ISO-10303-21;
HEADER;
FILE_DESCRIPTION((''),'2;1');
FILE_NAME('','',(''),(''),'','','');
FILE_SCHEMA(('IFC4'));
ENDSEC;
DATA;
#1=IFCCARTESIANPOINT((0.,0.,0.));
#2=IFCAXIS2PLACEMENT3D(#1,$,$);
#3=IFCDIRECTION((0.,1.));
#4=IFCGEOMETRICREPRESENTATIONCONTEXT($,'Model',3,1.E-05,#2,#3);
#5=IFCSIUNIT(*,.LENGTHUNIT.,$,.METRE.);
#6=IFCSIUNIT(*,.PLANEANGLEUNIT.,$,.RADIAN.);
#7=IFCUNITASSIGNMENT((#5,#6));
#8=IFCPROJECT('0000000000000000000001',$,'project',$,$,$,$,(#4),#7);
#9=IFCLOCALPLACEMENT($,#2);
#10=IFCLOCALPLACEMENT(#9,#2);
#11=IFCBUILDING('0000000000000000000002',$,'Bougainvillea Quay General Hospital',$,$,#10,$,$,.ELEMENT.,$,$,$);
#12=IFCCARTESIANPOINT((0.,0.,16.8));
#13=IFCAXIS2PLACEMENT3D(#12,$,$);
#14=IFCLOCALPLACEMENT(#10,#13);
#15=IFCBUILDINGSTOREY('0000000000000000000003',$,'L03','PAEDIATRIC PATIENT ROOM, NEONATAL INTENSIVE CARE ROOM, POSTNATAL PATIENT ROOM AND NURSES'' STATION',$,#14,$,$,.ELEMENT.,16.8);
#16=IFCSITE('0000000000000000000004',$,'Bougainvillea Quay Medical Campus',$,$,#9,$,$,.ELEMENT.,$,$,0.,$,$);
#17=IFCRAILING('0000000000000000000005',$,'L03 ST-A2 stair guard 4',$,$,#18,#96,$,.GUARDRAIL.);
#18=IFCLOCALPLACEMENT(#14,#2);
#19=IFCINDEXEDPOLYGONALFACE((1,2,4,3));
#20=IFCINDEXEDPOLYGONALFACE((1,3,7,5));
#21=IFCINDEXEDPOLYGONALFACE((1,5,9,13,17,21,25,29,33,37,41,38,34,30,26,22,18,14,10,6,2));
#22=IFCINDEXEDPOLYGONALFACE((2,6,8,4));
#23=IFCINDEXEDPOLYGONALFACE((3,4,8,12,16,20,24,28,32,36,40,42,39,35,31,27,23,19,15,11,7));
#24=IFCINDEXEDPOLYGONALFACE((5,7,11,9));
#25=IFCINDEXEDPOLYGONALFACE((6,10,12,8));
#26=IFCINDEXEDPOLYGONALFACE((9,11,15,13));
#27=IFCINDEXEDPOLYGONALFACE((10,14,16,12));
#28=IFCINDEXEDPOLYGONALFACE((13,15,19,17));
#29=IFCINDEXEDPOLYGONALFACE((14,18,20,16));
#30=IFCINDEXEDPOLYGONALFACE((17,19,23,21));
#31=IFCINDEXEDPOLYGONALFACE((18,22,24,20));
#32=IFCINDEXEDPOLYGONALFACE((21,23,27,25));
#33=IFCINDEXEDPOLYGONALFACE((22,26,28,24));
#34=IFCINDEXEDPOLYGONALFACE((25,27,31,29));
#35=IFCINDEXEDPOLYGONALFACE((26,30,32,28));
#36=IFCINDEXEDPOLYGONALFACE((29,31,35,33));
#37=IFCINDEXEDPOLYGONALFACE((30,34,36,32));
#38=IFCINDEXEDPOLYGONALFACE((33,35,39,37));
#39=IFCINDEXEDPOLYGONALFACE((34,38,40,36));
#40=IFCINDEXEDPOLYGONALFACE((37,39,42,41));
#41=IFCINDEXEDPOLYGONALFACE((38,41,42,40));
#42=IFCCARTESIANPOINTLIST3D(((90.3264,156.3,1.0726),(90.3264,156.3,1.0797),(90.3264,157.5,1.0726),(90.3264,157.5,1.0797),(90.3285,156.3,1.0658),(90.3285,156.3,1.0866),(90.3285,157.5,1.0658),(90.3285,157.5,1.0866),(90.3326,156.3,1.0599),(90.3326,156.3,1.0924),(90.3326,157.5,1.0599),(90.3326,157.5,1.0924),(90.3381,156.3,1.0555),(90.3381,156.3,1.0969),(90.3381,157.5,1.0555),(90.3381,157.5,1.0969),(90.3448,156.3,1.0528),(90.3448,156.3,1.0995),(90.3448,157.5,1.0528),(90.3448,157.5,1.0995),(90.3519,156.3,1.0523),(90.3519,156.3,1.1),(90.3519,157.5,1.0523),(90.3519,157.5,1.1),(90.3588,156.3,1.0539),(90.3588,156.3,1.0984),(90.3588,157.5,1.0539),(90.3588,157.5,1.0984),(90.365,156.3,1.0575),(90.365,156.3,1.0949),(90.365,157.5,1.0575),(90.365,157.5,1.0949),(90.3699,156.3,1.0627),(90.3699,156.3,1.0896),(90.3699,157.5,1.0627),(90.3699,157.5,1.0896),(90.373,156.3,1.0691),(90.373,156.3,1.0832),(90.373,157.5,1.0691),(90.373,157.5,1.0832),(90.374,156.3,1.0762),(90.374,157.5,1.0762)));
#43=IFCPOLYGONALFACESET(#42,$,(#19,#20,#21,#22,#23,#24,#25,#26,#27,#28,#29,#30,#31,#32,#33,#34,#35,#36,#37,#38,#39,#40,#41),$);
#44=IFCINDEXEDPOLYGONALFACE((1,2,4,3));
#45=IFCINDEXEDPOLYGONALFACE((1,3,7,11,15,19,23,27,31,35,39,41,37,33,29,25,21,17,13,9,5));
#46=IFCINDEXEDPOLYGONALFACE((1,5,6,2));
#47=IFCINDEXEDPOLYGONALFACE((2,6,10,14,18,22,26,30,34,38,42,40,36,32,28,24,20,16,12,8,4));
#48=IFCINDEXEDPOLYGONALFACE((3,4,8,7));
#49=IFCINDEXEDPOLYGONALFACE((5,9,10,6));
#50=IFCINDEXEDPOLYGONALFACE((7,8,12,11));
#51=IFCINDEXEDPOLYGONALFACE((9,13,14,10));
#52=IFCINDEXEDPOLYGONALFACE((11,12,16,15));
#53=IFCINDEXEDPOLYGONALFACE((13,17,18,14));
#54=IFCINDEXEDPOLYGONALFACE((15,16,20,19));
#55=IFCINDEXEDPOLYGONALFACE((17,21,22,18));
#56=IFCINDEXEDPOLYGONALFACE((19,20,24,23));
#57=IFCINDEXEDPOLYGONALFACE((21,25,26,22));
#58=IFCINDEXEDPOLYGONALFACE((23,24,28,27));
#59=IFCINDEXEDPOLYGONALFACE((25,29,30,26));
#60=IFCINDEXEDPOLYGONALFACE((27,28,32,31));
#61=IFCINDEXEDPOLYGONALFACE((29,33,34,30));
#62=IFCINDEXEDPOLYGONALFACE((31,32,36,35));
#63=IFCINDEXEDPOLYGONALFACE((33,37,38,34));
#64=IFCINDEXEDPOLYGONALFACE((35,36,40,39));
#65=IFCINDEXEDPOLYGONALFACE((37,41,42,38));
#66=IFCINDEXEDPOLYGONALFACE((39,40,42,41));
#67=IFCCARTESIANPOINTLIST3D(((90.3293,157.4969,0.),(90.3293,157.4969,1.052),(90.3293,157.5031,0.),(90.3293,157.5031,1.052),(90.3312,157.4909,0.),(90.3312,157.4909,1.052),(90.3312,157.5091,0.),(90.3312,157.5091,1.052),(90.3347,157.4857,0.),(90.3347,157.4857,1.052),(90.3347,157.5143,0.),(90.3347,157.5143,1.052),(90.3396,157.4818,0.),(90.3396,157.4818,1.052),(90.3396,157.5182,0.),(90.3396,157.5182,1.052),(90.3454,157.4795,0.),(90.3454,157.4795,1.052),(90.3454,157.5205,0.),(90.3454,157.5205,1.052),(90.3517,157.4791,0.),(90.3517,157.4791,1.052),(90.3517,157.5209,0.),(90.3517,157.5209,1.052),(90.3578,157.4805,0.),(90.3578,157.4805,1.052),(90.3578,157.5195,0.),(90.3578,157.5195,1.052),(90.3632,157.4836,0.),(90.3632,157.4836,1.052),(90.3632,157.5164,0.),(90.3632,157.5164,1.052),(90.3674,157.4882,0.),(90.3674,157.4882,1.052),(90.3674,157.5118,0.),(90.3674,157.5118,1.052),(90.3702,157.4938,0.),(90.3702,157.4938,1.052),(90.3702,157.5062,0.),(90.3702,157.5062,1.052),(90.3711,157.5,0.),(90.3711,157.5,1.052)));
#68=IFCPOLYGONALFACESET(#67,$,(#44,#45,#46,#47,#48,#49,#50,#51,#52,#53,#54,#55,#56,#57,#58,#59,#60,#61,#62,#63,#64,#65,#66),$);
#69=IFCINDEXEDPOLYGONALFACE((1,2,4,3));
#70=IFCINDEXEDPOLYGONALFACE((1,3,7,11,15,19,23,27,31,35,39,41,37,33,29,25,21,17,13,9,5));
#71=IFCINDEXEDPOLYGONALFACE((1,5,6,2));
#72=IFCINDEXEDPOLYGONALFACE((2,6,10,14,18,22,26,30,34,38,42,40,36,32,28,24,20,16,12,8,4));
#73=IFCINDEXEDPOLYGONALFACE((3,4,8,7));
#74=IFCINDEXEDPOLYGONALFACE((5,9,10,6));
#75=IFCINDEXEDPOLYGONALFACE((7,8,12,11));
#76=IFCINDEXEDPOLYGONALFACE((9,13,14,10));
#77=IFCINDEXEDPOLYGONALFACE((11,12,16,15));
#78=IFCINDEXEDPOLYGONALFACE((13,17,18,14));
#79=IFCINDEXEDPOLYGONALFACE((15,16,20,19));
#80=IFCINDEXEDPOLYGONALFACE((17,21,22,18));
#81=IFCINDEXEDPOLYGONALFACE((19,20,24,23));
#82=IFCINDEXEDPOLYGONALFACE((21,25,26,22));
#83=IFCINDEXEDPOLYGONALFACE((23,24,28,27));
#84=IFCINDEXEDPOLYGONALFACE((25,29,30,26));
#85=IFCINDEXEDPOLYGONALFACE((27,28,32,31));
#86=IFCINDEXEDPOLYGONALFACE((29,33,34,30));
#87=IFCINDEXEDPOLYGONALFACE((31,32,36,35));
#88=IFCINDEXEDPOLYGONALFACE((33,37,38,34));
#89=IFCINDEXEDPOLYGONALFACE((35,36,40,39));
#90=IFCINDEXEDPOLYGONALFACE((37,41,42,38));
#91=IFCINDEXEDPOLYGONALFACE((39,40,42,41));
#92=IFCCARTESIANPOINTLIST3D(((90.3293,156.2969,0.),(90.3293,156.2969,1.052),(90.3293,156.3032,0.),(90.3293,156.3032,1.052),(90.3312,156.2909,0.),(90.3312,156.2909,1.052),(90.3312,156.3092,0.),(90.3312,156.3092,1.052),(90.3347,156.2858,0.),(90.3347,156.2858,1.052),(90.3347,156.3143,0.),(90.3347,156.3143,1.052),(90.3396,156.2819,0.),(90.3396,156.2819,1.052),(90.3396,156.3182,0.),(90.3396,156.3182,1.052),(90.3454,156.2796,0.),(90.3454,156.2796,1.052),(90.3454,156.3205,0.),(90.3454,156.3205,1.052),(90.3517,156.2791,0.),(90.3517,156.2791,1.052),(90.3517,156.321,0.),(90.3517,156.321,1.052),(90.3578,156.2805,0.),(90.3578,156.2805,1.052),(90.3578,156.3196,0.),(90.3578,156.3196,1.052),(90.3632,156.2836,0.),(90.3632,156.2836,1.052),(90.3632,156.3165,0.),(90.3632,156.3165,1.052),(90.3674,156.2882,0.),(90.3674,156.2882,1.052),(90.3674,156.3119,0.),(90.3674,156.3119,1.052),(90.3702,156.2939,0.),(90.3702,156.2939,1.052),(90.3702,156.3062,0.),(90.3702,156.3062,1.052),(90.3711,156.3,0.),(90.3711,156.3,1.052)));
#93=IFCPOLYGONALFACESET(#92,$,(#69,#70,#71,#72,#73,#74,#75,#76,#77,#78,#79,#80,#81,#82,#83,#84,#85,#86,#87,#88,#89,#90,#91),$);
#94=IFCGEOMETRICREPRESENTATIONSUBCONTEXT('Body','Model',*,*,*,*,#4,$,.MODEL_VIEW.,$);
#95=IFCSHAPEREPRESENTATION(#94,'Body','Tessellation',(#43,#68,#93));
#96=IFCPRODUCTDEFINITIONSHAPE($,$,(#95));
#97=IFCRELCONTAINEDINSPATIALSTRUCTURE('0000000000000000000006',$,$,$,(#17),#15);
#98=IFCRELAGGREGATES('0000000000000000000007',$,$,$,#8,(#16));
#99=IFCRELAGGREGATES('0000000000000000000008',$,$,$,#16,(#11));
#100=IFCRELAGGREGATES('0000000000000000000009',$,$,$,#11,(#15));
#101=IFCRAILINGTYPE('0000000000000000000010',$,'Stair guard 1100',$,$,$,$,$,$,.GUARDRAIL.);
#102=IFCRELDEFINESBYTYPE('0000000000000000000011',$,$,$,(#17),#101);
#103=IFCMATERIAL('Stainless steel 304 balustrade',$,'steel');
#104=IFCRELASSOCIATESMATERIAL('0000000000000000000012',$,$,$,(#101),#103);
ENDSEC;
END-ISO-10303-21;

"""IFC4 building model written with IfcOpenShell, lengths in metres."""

from ifc_helpers import new_model, si_unit, direction, frame, origin, origin_2d, place, context, subcontext, project, spatial, circle, extrude, material, type_object, element, save


model = new_model("IFC4")

# Units and contexts
model_context = context("Model", 3, precision=1e-05, world=origin(), true_north=direction((0.0, 1.0)))
body_context = subcontext(model_context, "Body", "Model", "MODEL_VIEW")
ifc_project = project(units=[si_unit("LENGTHUNIT", "METRE"), si_unit("PLANEANGLEUNIT", "RADIAN")], contexts=[model_context])

# Site, building, storey
site_placement = place(None, origin())
site = spatial("IfcSite", under=ifc_project, at=site_placement, Name="Bougainvillea Quay Medical Campus", CompositionType="ELEMENT", RefElevation=0.0)
building_placement = place(site_placement, origin())
building = spatial("IfcBuilding", under=site, at=building_placement, Name="Bougainvillea Quay General Hospital", CompositionType="ELEMENT")
storey_placement = place(building_placement, frame((0.0, 0.0, 16.8)))
storey = spatial("IfcBuildingStorey", under=building, at=storey_placement, Name="L03", Description="PAEDIATRIC PATIENT ROOM, NEONATAL INTENSIVE CARE ROOM, POSTNATAL PATIENT ROOM AND NURSES' STATION", CompositionType="ELEMENT", Elevation=16.8)

# Railing
ifc_material_1 = material(Name="Stainless steel 304 balustrade", Category="steel")
railing_type_1 = type_object("IfcRailingType", Name="Stair guard 1100", PredefinedType="GUARDRAIL", material=ifc_material_1)
railing_1_placement = place(storey_placement, frame((90.3501, 157.5, 0.0)))
element("IfcRailing", 1, at=railing_1_placement, inside=storey, type_object=railing_type_1, Name="L03 ST-A2 stair guard 4", PredefinedType="GUARDRAIL", context=body_context, shape_type="SweptSolid", body=[
    extrude(circle(Radius=0.0239, at=origin_2d()), frame((0.0, 0.0, 1.0762), z_axis=(0.0, -1.0, 0.0), x_axis=(1.0, 0.0, 0.0)), (0.0, 0.0, 1.0), 1.2),
    extrude(circle(Radius=0.021, at=origin_2d()), origin(), (0.0, 0.0, 1.0), 1.052),
    extrude(circle(Radius=0.021, at=origin_2d()), frame((0.0, -1.2, 0.0)), (0.0, 0.0, 1.0), 1.052),
])

save(model, "model.ifc")
